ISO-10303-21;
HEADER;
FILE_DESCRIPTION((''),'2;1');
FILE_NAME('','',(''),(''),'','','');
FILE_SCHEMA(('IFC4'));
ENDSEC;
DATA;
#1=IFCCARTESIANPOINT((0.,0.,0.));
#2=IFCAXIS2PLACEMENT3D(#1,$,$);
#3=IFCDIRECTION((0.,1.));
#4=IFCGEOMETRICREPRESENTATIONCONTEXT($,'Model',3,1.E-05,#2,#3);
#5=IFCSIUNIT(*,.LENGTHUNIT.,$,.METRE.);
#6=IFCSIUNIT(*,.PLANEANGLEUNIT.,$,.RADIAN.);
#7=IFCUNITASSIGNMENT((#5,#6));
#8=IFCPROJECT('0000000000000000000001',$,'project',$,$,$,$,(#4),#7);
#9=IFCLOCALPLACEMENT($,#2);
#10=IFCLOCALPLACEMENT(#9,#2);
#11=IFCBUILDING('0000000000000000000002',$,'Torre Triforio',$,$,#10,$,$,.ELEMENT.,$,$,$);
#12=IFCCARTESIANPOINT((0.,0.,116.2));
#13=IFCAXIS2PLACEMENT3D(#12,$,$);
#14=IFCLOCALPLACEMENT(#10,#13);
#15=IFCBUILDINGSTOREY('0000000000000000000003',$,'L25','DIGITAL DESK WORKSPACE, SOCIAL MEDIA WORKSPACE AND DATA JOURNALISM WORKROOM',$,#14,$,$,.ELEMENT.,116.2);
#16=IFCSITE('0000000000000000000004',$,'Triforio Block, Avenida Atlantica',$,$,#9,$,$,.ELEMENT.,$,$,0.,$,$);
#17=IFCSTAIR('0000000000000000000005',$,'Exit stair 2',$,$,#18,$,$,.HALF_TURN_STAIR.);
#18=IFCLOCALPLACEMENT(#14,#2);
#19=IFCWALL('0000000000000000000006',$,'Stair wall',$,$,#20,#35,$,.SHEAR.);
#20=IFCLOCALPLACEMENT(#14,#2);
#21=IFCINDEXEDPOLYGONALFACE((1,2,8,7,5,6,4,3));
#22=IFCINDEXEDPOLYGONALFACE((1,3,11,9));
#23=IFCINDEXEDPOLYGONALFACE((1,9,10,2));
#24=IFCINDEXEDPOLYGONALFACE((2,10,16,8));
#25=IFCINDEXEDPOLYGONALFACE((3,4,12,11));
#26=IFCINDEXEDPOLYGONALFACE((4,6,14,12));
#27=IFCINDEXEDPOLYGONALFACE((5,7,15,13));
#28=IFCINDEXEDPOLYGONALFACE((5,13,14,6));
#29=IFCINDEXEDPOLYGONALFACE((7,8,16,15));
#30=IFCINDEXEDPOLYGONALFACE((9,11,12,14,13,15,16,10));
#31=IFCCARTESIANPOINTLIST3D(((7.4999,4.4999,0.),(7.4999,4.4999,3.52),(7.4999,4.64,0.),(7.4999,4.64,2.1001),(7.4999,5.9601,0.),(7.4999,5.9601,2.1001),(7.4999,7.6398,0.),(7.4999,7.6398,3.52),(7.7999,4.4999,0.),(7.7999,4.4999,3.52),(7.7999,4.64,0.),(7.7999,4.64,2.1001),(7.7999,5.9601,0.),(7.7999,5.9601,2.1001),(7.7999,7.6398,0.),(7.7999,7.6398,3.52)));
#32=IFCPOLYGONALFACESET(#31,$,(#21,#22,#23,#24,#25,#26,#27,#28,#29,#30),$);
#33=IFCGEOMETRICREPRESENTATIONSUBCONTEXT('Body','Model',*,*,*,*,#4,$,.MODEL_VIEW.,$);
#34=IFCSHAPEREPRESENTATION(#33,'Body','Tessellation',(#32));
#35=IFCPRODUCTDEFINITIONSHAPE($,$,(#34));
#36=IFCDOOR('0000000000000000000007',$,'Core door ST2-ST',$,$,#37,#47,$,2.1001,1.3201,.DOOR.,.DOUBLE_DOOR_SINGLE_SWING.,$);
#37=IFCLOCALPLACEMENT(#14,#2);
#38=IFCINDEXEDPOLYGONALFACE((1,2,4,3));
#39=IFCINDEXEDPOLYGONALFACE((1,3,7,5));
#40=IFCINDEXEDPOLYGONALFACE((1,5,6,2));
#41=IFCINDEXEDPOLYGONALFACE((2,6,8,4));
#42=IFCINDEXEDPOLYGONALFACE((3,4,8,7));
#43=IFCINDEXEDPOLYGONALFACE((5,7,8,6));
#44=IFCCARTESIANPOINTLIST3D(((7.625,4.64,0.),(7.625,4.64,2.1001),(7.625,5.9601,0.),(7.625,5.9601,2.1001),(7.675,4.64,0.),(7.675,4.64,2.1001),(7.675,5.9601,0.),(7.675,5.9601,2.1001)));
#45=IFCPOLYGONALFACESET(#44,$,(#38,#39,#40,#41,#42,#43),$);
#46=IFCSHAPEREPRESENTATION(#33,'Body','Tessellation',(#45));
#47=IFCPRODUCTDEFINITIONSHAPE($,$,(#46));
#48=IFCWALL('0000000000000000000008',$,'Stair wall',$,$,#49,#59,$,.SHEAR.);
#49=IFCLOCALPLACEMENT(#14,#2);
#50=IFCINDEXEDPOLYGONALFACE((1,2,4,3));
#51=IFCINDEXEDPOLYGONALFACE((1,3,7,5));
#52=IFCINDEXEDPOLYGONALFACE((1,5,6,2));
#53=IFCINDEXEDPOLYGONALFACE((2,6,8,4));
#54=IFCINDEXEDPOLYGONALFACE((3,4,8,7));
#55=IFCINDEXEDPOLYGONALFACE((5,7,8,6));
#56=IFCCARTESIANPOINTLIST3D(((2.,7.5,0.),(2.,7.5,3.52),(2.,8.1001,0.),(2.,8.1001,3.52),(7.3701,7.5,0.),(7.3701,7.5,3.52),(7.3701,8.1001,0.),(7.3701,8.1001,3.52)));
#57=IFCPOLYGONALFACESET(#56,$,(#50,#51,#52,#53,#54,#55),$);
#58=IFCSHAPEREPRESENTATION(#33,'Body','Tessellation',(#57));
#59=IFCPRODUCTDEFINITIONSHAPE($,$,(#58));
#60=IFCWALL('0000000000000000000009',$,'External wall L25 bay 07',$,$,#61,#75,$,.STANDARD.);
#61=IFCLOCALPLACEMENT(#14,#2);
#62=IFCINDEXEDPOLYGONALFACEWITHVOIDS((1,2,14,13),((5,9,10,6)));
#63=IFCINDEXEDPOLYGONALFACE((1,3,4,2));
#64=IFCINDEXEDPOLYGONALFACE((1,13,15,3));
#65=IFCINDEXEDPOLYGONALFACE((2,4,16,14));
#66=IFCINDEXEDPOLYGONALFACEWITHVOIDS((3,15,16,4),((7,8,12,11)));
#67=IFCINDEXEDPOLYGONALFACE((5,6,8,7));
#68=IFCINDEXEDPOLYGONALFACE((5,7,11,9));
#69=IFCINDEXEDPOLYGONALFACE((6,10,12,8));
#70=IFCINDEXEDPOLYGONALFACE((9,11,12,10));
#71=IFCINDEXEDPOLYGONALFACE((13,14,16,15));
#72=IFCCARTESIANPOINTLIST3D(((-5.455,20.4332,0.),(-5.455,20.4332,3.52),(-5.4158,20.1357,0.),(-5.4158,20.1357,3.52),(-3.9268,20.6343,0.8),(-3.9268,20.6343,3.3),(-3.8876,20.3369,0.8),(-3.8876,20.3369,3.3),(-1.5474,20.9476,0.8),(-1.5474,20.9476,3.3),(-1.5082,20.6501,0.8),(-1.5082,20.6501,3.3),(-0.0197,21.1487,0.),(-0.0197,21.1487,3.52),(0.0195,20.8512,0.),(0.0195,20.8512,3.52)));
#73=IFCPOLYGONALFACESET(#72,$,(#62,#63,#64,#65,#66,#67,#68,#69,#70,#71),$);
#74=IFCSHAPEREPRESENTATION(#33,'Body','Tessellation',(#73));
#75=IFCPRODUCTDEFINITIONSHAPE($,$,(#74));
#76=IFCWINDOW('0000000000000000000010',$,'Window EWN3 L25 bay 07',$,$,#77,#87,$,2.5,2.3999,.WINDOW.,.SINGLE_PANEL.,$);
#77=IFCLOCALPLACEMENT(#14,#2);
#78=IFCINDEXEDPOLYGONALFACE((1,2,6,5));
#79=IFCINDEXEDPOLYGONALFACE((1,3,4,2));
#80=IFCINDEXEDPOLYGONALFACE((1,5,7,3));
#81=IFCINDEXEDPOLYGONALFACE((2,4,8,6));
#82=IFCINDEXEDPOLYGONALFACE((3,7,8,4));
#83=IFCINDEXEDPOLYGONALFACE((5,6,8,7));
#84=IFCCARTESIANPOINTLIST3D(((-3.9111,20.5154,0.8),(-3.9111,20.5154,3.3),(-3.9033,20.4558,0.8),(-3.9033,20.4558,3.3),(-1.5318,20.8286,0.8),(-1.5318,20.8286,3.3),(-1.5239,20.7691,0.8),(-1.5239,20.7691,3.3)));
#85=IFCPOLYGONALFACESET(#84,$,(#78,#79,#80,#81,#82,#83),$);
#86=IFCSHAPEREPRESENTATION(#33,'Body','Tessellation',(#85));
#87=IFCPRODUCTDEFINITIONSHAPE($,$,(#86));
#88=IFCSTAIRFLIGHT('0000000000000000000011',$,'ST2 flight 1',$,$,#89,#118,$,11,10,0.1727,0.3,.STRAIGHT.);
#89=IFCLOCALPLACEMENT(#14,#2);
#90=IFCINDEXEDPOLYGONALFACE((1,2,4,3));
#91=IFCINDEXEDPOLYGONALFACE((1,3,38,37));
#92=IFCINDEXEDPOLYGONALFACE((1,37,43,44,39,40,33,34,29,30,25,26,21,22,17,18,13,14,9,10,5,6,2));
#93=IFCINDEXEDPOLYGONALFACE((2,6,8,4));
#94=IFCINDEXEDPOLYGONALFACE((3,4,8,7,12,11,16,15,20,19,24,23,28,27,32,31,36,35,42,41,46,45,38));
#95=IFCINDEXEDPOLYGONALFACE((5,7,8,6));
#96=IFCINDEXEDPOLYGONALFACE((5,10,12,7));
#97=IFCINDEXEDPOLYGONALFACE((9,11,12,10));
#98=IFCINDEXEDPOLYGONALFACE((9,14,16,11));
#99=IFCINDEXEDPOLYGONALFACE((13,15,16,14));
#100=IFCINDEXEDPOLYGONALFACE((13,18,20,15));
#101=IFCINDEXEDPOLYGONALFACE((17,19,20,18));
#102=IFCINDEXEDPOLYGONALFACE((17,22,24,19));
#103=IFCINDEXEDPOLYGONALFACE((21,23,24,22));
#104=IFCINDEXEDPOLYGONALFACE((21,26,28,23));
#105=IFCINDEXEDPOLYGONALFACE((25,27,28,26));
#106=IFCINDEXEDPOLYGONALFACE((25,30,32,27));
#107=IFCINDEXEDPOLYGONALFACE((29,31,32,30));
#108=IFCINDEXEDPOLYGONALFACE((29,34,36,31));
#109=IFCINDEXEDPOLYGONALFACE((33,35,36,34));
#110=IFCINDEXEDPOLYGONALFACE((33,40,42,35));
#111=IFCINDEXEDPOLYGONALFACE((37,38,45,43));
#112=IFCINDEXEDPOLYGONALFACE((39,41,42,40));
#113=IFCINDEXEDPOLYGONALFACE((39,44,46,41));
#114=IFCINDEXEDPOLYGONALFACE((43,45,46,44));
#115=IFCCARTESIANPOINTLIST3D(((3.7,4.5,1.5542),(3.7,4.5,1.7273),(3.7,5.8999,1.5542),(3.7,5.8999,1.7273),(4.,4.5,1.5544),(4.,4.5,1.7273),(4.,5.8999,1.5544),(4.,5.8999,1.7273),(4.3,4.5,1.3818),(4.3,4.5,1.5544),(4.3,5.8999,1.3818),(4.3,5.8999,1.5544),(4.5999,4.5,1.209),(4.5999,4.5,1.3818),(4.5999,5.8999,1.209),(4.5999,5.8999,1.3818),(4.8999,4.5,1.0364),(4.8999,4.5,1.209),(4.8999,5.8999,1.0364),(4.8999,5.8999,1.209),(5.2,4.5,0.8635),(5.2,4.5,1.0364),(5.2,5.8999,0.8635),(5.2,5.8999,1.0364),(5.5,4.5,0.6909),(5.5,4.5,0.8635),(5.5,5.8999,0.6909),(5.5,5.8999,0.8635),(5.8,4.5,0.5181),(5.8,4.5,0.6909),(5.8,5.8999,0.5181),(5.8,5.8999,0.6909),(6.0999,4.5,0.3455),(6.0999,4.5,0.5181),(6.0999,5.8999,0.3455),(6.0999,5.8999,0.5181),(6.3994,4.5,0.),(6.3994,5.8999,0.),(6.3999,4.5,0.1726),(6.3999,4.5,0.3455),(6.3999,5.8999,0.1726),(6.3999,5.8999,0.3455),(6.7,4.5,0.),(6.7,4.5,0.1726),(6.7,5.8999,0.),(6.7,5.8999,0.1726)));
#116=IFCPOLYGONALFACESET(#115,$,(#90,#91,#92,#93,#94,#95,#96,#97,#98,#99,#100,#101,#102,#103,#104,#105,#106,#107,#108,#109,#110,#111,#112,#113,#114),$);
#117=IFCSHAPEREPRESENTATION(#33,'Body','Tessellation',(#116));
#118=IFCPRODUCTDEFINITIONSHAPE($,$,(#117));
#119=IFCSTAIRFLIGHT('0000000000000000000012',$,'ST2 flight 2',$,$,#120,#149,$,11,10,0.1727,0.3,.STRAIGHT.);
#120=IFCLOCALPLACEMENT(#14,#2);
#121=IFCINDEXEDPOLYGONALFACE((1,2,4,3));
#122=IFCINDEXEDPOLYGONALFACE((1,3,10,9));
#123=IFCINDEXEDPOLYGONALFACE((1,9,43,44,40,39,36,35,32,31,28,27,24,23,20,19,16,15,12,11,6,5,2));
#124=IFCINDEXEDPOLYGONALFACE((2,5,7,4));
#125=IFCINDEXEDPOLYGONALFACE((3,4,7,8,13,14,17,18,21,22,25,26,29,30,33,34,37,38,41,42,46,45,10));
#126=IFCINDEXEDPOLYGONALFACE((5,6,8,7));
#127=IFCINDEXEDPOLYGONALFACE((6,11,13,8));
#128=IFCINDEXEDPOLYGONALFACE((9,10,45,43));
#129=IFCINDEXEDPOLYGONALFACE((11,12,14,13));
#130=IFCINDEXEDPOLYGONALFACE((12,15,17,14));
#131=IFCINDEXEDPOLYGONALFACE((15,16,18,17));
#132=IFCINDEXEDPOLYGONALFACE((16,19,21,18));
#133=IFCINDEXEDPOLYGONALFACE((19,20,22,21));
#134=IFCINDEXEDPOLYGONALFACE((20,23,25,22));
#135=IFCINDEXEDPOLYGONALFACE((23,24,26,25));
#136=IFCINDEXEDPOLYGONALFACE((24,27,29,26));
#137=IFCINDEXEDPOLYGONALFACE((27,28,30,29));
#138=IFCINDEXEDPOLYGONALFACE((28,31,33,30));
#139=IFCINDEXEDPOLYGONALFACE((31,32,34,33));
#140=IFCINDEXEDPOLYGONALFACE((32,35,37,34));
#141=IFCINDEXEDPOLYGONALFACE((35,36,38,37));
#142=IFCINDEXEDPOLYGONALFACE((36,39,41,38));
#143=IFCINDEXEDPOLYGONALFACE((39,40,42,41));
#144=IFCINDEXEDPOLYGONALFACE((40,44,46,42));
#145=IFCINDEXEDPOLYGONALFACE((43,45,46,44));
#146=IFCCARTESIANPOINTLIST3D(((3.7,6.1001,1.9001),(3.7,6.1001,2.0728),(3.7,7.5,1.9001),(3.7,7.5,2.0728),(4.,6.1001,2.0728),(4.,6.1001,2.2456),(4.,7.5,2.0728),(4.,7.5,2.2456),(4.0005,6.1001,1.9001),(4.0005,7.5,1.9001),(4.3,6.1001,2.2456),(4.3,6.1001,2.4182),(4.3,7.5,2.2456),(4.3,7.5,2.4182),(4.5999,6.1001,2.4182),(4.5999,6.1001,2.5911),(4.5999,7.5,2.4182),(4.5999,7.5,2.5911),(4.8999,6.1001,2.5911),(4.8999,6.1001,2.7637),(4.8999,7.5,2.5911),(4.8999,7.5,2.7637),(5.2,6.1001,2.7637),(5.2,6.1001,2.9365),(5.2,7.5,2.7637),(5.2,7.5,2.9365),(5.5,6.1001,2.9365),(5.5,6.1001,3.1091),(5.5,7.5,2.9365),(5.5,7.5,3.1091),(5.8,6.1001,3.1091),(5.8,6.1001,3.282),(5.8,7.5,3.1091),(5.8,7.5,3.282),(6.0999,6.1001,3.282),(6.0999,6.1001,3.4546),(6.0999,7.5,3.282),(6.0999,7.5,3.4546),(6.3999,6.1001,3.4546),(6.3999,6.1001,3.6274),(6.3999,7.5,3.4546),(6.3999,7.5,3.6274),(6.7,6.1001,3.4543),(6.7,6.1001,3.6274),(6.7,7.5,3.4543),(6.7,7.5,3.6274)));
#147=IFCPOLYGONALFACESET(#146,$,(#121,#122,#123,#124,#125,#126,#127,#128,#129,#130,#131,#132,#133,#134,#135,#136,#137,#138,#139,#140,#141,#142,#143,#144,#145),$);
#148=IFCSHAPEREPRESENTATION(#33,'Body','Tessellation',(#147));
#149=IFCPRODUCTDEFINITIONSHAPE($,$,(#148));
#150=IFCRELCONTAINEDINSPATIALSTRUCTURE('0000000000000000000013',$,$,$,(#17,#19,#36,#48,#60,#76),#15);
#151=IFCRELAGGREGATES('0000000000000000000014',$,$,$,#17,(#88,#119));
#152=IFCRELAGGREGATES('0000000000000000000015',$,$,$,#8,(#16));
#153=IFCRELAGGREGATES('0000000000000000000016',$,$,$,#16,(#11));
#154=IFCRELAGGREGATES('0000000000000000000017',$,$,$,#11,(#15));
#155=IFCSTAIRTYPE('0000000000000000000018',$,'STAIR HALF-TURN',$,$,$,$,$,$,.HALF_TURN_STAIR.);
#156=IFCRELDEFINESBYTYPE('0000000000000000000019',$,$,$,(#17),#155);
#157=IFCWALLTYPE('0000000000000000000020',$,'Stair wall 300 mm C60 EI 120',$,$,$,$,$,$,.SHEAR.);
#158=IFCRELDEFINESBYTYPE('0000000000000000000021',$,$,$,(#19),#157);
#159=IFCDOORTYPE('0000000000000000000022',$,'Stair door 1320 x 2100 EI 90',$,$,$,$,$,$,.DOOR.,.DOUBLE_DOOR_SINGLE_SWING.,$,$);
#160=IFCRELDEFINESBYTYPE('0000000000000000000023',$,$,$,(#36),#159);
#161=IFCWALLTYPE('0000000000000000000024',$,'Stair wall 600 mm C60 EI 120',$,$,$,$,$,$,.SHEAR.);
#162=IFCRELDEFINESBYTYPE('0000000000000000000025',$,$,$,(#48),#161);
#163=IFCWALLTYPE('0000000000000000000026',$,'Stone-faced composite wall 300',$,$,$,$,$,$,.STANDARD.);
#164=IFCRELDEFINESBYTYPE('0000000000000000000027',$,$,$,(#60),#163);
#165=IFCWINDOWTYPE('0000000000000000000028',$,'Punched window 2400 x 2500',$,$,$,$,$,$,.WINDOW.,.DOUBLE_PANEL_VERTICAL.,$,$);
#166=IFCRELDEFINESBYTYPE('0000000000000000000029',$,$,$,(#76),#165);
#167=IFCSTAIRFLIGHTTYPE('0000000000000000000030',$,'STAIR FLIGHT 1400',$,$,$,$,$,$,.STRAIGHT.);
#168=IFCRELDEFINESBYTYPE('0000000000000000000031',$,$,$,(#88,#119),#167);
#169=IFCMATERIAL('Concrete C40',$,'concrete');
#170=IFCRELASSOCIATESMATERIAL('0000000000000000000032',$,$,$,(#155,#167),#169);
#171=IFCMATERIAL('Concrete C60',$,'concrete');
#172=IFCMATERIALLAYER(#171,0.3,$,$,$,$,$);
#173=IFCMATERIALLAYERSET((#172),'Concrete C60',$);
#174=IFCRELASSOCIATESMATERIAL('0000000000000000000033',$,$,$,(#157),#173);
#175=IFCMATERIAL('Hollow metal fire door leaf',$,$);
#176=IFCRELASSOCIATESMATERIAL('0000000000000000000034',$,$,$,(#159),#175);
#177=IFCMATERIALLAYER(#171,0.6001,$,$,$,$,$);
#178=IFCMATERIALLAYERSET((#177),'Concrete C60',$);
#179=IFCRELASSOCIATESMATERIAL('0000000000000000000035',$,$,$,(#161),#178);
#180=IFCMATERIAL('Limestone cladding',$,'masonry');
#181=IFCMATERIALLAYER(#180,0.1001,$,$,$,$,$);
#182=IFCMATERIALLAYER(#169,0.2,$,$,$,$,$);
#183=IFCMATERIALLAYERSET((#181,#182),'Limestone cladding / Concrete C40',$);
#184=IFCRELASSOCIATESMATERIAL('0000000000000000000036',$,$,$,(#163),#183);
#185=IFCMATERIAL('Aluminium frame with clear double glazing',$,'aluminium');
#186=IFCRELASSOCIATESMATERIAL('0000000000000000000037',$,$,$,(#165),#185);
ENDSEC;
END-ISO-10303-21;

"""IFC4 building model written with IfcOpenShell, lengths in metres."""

from ifc_helpers import new_model, si_unit, direction, frame, frame_2d, origin, place, context, subcontext, project, spatial, polyline, rectangle, outline, extrude, material, layer, layer_set, type_object, element, fill, aggregate, save


model = new_model("IFC4")

# Units and contexts
model_context = context("Model", 3, precision=1e-05, world=origin(), true_north=direction((0.0, 1.0)))
body_context = subcontext(model_context, "Body", "Model", "MODEL_VIEW")
ifc_project = project(units=[si_unit("LENGTHUNIT", "METRE"), si_unit("PLANEANGLEUNIT", "RADIAN")], contexts=[model_context])

# Site, building, storey
site_placement = place(None, origin())
site = spatial("IfcSite", under=ifc_project, at=site_placement, Name="Triforio Block, Avenida Atlantica", CompositionType="ELEMENT", RefElevation=0.0)
building_placement = place(site_placement, origin())
building = spatial("IfcBuilding", under=site, at=building_placement, Name="Torre Triforio", CompositionType="ELEMENT")
storey_placement = place(building_placement, frame((0.0, 0.0, 116.2)))
storey = spatial("IfcBuildingStorey", under=building, at=storey_placement, Name="L25", Description="DIGITAL DESK WORKSPACE, SOCIAL MEDIA WORKSPACE AND DATA JOURNALISM WORKROOM", CompositionType="ELEMENT", Elevation=116.2)

# Shared definitions
ifc_material_1 = material(Name="Concrete C60", Category="concrete")

# Stair
ifc_material_2 = material(Name="Concrete C40", Category="concrete")
stair_type = type_object("IfcStairType", Name="STAIR HALF-TURN", PredefinedType="HALF_TURN_STAIR", material=ifc_material_2)
stair_1_placement = place(storey_placement, origin())
stair_1 = element("IfcStair", 1, at=stair_1_placement, inside=storey, type_object=stair_type, Name="Exit stair 2", PredefinedType="HALF_TURN_STAIR")

# Shared definitions
ifc_material_3 = material(Name="Hollow metal fire door leaf")

# Wall, opening, door
ifc_layer_1 = layer(ifc_material_1, 0.3)
ifc_layer_set_1 = layer_set([ifc_layer_1], Name="Concrete C60")
wall_type_1 = type_object("IfcWallType", Name="Stair wall 300 mm C60 EI 120", PredefinedType="SHEAR", material=ifc_layer_set_1)
wall_1_placement = place(storey_placement, frame((7.6499, 4.5, 0.0), z_axis=(0.0, 0.0, 1.0), x_axis=(0.0, 1.0, 0.0)))
wall_1 = element("IfcWall", 2, at=wall_1_placement, inside=storey, type_object=wall_type_1, Name="Stair wall", PredefinedType="SHEAR", context=body_context, shape_type="SweptSolid", body=[
    extrude(rectangle(XDim=3.1399, YDim=0.3, at=frame_2d((1.5698, 0.0))), origin(), (0.0, 0.0, 1.0), 3.52),
])
opening_1_placement = place(wall_1_placement, frame((0.1399, 0.0, 0.0)))
opening_1 = element("IfcOpeningElement", 3, at=opening_1_placement, cuts=wall_1, PredefinedType="OPENING", context=body_context, shape_type="SweptSolid", body=[
    extrude(rectangle(XDim=1.3201, YDim=2.1001, at=frame_2d((0.6602, 1.05))), frame((0.0, 0.1599, 0.0), z_axis=(0.0, -1.0, 0.0), x_axis=(1.0, 0.0, 0.0)), (0.0, 0.0, 1.0), 0.3201),
])
door_type_1 = type_object("IfcDoorType", Name="Stair door 1320 x 2100 EI 90", OperationType="DOUBLE_DOOR_SINGLE_SWING", PredefinedType="DOOR", material=ifc_material_3)
door_1_placement = place(opening_1_placement, origin())
door_1 = element("IfcDoor", 4, at=door_1_placement, inside=storey, type_object=door_type_1, Name="Core door ST2-ST", OperationType="DOUBLE_DOOR_SINGLE_SWING", OverallHeight=2.1001, OverallWidth=1.3201, PredefinedType="DOOR", context=body_context, shape_type="SweptSolid", body=[
    extrude(rectangle(XDim=1.3201, YDim=2.1001, at=frame_2d((0.6602, 1.05))), frame((0.0, 0.0249, 0.0), z_axis=(0.0, -1.0, 0.0), x_axis=(1.0, 0.0, 0.0)), (0.0, 0.0, 1.0), 0.05),
])
fill(opening_1, door_1)

# Wall
ifc_layer_2 = layer(ifc_material_1, 0.6001)
ifc_layer_set_2 = layer_set([ifc_layer_2], Name="Concrete C60")
wall_type_2 = type_object("IfcWallType", Name="Stair wall 600 mm C60 EI 120", PredefinedType="SHEAR", material=ifc_layer_set_2)
wall_2_placement = place(storey_placement, frame((2.0, 7.8, 0.0), z_axis=(0.0, 0.0, 1.0), x_axis=(1.0, 0.0, 0.0)))
element("IfcWall", 5, at=wall_2_placement, inside=storey, type_object=wall_type_2, Name="Stair wall", PredefinedType="SHEAR", context=body_context, shape_type="SweptSolid", body=[
    extrude(rectangle(XDim=5.3701, YDim=0.6001, at=frame_2d((2.6851, 0.0))), origin(), (0.0, 0.0, 1.0), 3.52),
])

# Shared definitions
ifc_material_4 = material(Name="Limestone cladding", Category="masonry")
ifc_layer_3 = layer(ifc_material_4, 0.1001)
ifc_layer_4 = layer(ifc_material_2, 0.2)
ifc_layer_set_3 = layer_set([ifc_layer_3, ifc_layer_4], Name="Limestone cladding / Concrete C40")
wall_type_3 = type_object("IfcWallType", Name="Stone-faced composite wall 300", PredefinedType="STANDARD", material=ifc_layer_set_3)
ifc_material_5 = material(Name="Aluminium frame with clear double glazing", Category="aluminium")

# Wall, opening, window
wall_3_placement = place(storey_placement, frame((0.0, 21.0, 0.0), z_axis=(0.0, 0.0, 1.0), x_axis=(-0.991445, -0.130527, 0.0)))
wall_3 = element("IfcWall", 6, at=wall_3_placement, inside=storey, type_object=wall_type_3, Name="External wall L25 bay 07", PredefinedType="STANDARD", context=body_context, shape_type="SweptSolid", body=[
    extrude(rectangle(XDim=5.4822, YDim=0.3, at=frame_2d((2.7412, 0.0))), origin(), (0.0, 0.0, 1.0), 3.52),
])
opening_2_placement = place(wall_3_placement, frame((1.541, 0.0, 0.8)))
opening_2 = element("IfcOpeningElement", 7, at=opening_2_placement, cuts=wall_3, PredefinedType="OPENING", context=body_context, shape_type="SweptSolid", body=[
    extrude(rectangle(XDim=2.3999, YDim=2.5, at=frame_2d((1.2, 1.25))), frame((0.0, 0.1599, 0.0), z_axis=(0.0, -1.0, 0.0), x_axis=(1.0, 0.0, 0.0)), (0.0, 0.0, 1.0), 0.3201),
])
window_type_1 = type_object("IfcWindowType", Name="Punched window 2400 x 2500", PartitioningType="DOUBLE_PANEL_VERTICAL", PredefinedType="WINDOW", material=ifc_material_5)
window_1_placement = place(opening_2_placement, origin())
window_1 = element("IfcWindow", 8, at=window_1_placement, inside=storey, type_object=window_type_1, Name="Window EWN3 L25 bay 07", OverallHeight=2.5, OverallWidth=2.3999, PartitioningType="SINGLE_PANEL", PredefinedType="WINDOW", context=body_context, shape_type="SweptSolid", body=[
    extrude(rectangle(XDim=2.3999, YDim=2.5, at=frame_2d((1.2, 1.25))), frame((0.0, 0.03, 0.0), z_axis=(0.0, -1.0, 0.0), x_axis=(1.0, 0.0, 0.0)), (0.0, 0.0, 1.0), 0.0601),
])
fill(opening_2, window_1)

# Stair flights
stair_flight_type = type_object("IfcStairFlightType", Name="STAIR FLIGHT 1400", PredefinedType="STRAIGHT", material=ifc_material_2)
stair_flight_1_placement = place(storey_placement, frame((6.7, 5.2, 0.0), z_axis=(0.0, 0.0, 1.0), x_axis=(-1.0, 0.0, 0.0)))
stair_flight_1 = element("IfcStairFlight", 9, at=stair_flight_1_placement, type_object=stair_flight_type, Name="ST2 flight 1", NumberOfRisers=11, NumberOfTreads=10, PredefinedType="STRAIGHT", RiserHeight=0.1727, TreadLength=0.3, context=body_context, shape_type="SweptSolid", body=[
    extrude(outline(polyline([(0.0, 0.0), (0.0, 0.1726), (0.3, 0.1726), (0.3, 0.3455), (0.6001, 0.3455), (0.6001, 0.5181), (0.8999, 0.5181), (0.8999, 0.6909), (1.2, 0.6909), (1.2, 0.8635), (1.5, 0.8635), (1.5, 1.0364), (1.8, 1.0364), (1.8, 1.209), (2.1001, 1.209), (2.1001, 1.3818), (2.3999, 1.3818), (2.3999, 1.5544), (2.7, 1.5544), (2.7, 1.7273), (3.0, 1.7273), (3.0, 1.8999), (3.0, 1.5542), (0.3005, 0.0), (0.0, 0.0)])), frame((0.0, 0.7, 0.0), z_axis=(0.0, -1.0, 0.0), x_axis=(1.0, 0.0, 0.0)), (0.0, 0.0, 1.0), 1.3999),
])
stair_flight_2_placement = place(storey_placement, frame((3.7, 6.8, 1.9001), z_axis=(0.0, 0.0, 1.0), x_axis=(1.0, 0.0, 0.0)))
stair_flight_2 = element("IfcStairFlight", 10, at=stair_flight_2_placement, type_object=stair_flight_type, Name="ST2 flight 2", NumberOfRisers=11, NumberOfTreads=10, PredefinedType="STRAIGHT", RiserHeight=0.1727, TreadLength=0.3, context=body_context, shape_type="SweptSolid", body=[
    extrude(outline(polyline([(0.0, 0.0), (0.0, 0.1726), (0.3, 0.1726), (0.3, 0.3455), (0.6001, 0.3455), (0.6001, 0.5181), (0.8999, 0.5181), (0.8999, 0.6909), (1.2, 0.6909), (1.2, 0.8635), (1.5, 0.8635), (1.5, 1.0364), (1.8, 1.0364), (1.8, 1.209), (2.1001, 1.209), (2.1001, 1.3818), (2.3999, 1.3818), (2.3999, 1.5544), (2.7, 1.5544), (2.7, 1.7273), (3.0, 1.7273), (3.0, 1.8999), (3.0, 1.5542), (0.3005, 0.0), (0.0, 0.0)])), frame((0.0, 0.7, 0.0), z_axis=(0.0, -1.0, 0.0), x_axis=(1.0, 0.0, 0.0)), (0.0, 0.0, 1.0), 1.3999),
])
aggregate(stair_1, [stair_flight_1, stair_flight_2])

save(model, "model.ifc")
